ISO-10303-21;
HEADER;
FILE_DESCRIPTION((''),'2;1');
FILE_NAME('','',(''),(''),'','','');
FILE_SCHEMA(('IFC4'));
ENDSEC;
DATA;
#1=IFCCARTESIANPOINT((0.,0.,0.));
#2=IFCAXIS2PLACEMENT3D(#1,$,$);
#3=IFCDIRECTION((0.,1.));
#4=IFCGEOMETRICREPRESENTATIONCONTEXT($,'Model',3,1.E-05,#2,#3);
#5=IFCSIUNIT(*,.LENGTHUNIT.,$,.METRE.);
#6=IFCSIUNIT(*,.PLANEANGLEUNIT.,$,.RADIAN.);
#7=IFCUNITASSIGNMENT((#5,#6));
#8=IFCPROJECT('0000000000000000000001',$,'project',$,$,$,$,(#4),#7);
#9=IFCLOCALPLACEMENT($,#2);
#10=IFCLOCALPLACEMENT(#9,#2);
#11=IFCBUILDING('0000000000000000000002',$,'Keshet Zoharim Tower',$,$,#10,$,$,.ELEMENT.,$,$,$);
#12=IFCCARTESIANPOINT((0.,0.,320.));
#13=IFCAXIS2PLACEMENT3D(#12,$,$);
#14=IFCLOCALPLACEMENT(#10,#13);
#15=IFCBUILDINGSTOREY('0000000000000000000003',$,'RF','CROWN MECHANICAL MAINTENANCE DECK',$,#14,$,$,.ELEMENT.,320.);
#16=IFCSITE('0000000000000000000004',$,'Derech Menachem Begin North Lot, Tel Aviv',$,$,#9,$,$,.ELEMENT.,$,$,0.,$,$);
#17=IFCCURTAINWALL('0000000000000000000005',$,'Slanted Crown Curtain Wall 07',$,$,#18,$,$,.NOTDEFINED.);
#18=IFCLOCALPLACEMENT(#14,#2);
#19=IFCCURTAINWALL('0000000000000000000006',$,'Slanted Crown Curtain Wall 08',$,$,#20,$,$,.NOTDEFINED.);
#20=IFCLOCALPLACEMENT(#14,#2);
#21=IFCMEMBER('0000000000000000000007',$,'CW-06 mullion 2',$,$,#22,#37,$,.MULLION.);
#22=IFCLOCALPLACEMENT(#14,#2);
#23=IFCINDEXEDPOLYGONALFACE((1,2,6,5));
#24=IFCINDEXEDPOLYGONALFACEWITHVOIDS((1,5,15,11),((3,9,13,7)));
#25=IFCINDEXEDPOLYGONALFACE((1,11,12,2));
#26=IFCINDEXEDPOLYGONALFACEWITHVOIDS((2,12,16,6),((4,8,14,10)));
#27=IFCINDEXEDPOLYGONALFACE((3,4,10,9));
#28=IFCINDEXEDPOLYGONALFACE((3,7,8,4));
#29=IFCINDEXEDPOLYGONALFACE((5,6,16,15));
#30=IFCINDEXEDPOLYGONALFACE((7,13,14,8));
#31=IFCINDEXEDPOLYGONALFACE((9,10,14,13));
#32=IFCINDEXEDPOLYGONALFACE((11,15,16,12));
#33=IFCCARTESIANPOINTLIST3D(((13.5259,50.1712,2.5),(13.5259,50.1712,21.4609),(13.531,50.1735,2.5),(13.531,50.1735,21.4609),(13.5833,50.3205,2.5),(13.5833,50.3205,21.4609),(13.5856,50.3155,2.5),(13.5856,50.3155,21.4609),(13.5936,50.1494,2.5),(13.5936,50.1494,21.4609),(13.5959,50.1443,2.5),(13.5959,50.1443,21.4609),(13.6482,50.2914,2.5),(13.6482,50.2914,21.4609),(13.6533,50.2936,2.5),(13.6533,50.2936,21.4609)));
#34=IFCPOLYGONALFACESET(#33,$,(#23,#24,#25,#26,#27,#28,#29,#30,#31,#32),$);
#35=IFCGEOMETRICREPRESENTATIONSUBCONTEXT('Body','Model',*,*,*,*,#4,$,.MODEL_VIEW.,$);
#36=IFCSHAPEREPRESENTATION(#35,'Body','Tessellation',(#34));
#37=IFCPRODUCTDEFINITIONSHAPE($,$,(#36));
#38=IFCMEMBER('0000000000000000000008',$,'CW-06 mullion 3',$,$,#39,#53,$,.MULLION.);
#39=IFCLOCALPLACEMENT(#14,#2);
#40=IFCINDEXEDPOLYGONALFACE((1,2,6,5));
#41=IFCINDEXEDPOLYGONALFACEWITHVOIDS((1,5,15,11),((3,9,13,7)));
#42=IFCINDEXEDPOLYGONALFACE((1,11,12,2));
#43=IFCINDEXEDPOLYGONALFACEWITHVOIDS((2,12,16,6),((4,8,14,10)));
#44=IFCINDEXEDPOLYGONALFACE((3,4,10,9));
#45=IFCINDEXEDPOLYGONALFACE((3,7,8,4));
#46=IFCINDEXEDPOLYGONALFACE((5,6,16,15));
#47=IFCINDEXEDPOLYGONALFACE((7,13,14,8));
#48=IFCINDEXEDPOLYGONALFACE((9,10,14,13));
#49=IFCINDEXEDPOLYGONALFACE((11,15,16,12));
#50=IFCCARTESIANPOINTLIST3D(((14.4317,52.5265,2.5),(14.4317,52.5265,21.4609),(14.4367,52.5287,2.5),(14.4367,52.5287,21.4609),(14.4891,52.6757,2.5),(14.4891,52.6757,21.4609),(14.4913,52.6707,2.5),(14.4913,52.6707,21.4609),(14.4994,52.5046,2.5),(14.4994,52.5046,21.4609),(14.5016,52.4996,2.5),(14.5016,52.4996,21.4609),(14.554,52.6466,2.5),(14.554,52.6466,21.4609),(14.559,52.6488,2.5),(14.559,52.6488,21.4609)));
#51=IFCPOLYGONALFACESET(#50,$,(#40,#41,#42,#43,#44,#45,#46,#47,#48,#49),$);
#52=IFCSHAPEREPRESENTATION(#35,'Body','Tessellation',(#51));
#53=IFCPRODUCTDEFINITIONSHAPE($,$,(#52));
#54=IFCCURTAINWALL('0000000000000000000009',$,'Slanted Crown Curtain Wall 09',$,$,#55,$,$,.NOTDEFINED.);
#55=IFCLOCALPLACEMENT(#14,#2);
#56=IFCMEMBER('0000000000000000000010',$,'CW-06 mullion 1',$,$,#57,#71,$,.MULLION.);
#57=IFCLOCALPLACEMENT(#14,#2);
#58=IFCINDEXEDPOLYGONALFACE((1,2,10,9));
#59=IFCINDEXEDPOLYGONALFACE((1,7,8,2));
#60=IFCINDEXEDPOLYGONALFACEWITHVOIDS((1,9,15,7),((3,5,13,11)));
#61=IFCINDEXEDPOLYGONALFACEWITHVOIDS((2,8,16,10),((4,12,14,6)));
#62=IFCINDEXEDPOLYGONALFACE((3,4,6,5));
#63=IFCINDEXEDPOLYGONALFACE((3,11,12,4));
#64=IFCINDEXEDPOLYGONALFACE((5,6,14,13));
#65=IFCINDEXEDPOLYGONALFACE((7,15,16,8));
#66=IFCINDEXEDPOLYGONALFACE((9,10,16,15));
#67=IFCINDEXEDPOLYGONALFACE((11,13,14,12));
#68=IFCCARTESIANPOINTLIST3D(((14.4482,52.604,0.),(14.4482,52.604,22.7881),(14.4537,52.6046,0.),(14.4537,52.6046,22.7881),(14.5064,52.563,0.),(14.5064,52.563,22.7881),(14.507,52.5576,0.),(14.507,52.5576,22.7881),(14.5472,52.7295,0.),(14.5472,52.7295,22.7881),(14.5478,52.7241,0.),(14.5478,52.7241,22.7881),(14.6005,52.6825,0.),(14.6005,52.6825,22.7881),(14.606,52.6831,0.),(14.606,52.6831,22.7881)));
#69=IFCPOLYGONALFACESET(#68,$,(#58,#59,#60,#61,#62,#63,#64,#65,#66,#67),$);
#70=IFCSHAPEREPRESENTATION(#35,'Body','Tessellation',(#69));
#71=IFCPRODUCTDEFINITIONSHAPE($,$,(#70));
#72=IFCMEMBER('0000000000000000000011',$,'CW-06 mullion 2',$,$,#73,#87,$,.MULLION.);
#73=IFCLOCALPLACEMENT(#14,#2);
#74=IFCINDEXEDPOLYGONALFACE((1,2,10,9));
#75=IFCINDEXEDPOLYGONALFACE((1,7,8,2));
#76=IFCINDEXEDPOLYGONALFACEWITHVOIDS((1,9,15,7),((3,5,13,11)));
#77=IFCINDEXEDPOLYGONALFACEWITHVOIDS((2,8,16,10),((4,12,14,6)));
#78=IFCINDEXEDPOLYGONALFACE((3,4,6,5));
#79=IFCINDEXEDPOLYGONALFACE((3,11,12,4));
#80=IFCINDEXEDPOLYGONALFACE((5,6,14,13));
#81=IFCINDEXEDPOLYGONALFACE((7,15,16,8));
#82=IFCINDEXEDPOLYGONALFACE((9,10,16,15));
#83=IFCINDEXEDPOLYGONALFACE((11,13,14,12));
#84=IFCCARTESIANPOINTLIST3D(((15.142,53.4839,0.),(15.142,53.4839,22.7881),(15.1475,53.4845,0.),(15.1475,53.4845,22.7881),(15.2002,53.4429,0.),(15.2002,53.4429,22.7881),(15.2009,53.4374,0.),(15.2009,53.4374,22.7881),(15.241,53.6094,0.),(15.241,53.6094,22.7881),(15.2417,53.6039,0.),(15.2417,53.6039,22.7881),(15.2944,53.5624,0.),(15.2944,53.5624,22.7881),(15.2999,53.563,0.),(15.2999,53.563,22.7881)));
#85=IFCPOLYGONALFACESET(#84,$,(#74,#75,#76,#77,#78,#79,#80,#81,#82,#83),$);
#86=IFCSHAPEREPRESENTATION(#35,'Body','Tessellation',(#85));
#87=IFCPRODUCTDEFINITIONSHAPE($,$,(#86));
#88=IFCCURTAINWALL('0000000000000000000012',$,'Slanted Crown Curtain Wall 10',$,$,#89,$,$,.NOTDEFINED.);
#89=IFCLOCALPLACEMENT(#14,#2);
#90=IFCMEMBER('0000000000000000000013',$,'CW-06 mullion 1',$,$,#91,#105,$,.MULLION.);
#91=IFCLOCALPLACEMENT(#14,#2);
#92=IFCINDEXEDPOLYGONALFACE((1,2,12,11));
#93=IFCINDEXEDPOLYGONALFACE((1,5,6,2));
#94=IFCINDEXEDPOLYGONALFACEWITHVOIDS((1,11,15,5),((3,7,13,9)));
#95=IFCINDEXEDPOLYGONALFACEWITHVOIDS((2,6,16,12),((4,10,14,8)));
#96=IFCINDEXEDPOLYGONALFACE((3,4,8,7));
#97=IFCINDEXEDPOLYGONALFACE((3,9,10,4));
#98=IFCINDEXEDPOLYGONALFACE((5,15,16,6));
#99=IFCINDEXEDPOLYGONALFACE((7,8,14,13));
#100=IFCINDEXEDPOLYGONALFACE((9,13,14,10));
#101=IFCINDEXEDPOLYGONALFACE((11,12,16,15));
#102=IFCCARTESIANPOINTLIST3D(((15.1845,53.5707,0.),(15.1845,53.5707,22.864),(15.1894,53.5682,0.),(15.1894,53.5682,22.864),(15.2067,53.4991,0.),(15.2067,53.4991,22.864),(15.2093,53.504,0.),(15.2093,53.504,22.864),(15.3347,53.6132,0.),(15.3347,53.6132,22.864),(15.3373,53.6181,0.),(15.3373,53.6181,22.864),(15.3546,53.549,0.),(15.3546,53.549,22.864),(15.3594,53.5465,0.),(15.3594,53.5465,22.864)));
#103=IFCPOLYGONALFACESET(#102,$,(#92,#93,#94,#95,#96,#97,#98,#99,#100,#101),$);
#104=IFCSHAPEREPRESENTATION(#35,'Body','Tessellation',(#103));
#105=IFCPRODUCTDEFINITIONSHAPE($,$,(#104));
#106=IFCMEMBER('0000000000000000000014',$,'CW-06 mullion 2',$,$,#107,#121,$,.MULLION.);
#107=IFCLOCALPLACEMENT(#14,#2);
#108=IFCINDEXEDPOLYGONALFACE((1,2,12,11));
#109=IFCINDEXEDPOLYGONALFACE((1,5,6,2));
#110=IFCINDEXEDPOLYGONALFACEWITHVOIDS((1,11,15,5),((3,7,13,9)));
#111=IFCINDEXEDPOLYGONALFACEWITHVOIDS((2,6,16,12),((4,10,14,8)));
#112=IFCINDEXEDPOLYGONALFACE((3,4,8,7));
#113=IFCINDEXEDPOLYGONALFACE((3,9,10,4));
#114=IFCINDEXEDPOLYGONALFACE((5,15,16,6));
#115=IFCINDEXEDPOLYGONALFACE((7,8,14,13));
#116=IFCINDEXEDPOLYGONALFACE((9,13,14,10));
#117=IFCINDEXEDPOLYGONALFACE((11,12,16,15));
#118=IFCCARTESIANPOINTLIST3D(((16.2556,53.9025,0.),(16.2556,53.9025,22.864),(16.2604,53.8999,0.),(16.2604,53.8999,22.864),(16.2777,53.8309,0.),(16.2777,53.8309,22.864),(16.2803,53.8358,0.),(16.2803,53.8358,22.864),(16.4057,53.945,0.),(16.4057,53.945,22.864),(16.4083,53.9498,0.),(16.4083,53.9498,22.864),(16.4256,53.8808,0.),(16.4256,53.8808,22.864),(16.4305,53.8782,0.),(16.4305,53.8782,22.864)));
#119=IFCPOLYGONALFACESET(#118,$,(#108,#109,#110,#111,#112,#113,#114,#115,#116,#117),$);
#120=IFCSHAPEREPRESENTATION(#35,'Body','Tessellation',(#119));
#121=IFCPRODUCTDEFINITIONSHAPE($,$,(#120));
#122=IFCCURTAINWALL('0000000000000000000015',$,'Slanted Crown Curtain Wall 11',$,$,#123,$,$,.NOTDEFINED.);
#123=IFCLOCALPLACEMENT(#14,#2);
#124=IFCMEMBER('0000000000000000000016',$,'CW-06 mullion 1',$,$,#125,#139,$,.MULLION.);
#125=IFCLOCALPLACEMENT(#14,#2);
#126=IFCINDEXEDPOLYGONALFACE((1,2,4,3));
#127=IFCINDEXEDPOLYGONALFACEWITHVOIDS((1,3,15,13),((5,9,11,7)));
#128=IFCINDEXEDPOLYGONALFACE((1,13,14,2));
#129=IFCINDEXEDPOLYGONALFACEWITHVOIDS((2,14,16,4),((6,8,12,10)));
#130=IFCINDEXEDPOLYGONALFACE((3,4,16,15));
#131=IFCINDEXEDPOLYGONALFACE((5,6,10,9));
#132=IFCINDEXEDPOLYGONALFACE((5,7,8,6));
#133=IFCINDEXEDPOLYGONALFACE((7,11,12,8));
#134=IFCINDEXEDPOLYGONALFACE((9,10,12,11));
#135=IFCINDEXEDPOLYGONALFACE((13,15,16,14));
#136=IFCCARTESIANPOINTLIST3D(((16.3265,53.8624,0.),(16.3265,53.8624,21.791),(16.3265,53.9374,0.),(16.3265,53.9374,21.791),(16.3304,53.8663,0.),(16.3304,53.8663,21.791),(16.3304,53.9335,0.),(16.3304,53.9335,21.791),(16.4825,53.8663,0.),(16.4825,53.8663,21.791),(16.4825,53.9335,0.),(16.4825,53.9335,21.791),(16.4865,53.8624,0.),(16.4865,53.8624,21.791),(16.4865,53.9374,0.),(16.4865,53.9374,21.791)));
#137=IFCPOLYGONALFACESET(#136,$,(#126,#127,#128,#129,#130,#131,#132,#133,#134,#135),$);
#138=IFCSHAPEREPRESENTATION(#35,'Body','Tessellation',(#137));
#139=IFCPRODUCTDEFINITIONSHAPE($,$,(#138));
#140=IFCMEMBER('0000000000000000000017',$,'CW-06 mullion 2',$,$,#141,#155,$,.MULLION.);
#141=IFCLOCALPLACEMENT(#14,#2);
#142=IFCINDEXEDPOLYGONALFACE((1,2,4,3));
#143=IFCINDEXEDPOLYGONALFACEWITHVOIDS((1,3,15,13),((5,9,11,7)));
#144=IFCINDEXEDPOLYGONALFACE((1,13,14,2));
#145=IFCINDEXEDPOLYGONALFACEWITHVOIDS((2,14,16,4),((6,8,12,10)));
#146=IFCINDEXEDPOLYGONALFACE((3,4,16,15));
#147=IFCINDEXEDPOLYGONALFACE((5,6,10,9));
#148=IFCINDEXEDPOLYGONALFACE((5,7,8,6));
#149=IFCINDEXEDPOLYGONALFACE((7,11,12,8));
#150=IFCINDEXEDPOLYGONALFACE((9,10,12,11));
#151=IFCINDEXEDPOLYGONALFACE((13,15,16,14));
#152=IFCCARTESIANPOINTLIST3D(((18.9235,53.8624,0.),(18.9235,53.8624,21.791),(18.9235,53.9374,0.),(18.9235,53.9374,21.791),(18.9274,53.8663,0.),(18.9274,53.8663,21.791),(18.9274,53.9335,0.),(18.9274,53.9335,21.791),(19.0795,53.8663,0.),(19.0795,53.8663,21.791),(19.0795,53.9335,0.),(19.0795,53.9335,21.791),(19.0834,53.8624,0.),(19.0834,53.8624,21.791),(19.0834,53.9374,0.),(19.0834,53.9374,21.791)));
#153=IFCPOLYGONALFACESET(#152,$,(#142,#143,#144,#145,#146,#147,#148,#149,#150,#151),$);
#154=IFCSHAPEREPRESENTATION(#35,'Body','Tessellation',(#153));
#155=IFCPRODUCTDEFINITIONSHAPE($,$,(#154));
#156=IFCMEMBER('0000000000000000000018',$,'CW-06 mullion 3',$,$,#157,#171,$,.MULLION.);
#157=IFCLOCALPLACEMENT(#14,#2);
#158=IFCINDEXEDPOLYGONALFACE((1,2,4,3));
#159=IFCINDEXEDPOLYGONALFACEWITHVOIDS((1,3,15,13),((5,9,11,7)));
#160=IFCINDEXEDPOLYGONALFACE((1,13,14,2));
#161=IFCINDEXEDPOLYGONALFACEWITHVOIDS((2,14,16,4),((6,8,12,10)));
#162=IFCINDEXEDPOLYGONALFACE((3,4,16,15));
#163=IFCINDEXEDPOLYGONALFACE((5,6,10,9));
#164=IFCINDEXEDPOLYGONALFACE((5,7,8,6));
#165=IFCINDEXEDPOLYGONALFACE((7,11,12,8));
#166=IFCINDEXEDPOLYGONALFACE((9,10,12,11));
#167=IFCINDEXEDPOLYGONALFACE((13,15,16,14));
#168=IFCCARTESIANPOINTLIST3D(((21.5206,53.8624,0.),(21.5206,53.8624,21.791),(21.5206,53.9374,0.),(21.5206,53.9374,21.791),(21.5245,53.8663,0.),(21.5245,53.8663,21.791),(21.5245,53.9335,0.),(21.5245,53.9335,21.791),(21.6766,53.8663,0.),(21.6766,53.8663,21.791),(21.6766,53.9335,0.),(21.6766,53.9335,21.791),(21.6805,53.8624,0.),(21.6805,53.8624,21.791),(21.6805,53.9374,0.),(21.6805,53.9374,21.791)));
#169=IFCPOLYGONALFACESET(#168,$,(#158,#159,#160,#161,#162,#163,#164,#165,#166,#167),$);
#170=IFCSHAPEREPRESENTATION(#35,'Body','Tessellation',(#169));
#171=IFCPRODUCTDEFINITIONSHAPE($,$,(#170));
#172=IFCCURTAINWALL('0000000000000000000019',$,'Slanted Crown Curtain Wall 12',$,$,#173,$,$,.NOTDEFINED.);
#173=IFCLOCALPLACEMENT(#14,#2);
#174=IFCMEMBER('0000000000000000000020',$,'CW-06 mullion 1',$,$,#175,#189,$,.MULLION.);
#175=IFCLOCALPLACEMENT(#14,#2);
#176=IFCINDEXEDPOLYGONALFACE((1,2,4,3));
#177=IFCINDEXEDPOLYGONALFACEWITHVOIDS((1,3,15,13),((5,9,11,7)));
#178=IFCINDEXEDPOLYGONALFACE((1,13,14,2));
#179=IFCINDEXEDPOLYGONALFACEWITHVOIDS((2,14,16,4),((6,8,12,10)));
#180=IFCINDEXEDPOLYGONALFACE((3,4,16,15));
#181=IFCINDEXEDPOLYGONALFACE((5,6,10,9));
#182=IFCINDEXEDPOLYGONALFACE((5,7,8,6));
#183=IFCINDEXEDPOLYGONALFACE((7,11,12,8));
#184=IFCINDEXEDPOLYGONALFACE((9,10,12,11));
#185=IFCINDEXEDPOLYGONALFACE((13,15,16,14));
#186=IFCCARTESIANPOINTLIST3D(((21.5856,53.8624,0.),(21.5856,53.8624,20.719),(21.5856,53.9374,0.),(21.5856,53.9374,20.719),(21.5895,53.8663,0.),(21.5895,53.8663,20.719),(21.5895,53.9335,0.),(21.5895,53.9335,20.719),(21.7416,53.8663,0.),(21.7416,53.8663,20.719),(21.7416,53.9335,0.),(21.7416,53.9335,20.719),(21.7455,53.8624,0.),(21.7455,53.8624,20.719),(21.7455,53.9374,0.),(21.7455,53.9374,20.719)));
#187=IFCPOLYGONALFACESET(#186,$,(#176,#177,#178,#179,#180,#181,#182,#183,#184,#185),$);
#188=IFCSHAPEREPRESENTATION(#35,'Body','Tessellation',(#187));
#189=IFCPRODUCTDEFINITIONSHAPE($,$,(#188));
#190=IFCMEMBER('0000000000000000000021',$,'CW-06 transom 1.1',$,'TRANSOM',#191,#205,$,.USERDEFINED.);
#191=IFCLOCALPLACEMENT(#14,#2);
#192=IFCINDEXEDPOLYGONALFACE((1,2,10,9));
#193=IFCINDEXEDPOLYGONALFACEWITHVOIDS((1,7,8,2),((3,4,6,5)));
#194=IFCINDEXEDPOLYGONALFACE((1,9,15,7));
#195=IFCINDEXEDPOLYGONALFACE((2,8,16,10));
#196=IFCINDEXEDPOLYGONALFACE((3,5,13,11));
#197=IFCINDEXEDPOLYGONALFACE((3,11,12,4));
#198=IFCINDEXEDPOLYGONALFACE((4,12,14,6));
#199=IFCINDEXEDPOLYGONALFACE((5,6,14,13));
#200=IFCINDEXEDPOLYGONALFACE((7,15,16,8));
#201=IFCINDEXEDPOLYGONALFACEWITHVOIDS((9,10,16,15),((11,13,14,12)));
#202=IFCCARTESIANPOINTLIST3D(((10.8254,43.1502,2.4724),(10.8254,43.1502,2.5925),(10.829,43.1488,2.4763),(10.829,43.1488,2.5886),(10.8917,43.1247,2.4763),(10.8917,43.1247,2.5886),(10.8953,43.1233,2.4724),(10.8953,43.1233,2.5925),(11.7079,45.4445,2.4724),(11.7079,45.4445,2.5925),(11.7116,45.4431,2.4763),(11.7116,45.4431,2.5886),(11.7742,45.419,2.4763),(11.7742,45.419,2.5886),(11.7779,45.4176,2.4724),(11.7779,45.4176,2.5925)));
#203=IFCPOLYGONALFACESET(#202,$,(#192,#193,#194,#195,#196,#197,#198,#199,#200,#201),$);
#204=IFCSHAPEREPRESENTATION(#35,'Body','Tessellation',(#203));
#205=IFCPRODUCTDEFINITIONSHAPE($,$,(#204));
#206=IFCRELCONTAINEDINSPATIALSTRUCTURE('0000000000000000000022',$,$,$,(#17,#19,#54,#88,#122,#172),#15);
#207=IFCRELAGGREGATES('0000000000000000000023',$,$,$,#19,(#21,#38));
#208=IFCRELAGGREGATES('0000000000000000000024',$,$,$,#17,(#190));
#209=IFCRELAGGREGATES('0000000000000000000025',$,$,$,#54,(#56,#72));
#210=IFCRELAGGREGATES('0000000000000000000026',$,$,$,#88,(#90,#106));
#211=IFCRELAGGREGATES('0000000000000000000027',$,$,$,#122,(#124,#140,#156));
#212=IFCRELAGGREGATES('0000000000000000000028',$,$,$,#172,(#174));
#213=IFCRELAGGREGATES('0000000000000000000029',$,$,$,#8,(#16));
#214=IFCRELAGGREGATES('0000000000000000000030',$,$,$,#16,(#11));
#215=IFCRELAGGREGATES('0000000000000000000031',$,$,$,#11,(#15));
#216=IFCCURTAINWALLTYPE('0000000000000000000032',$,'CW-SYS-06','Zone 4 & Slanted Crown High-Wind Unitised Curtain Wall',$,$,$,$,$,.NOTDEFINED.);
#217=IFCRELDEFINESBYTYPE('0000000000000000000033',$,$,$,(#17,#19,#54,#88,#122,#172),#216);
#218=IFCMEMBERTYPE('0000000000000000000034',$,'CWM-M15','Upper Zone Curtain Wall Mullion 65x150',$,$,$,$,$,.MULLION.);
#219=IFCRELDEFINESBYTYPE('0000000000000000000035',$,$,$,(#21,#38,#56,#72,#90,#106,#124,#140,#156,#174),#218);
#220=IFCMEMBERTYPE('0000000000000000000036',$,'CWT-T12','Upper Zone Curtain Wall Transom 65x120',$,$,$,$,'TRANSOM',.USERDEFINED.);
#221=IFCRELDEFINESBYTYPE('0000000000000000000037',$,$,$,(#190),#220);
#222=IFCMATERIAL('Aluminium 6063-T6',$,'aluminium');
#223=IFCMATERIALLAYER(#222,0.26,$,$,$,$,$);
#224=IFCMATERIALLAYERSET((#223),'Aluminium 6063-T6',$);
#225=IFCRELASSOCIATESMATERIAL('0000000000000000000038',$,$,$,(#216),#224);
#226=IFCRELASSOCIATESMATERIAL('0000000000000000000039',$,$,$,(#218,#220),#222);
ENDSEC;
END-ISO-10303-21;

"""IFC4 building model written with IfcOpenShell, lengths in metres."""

from ifc_helpers import new_model, si_unit, direction, frame, origin, origin_2d, place, context, subcontext, project, spatial, hollow_rectangle, extrude, material, layer, layer_set, material_profile, profile_set, type_object, element, aggregate, save


model = new_model("IFC4")

# Units and contexts
model_context = context("Model", 3, precision=1e-05, world=origin(), true_north=direction((0.0, 1.0)))
body_context = subcontext(model_context, "Body", "Model", "MODEL_VIEW")
ifc_project = project(units=[si_unit("LENGTHUNIT", "METRE"), si_unit("PLANEANGLEUNIT", "RADIAN")], contexts=[model_context])

# Site, building, storey
site_placement = place(None, origin())
site = spatial("IfcSite", under=ifc_project, at=site_placement, Name="Derech Menachem Begin North Lot, Tel Aviv", CompositionType="ELEMENT", RefElevation=0.0)
building_placement = place(site_placement, origin())
building = spatial("IfcBuilding", under=site, at=building_placement, Name="Keshet Zoharim Tower", CompositionType="ELEMENT")
storey_placement = place(building_placement, frame((0.0, 0.0, 320.0)))
storey = spatial("IfcBuildingStorey", under=building, at=storey_placement, Name="RF", Description="CROWN MECHANICAL MAINTENANCE DECK", CompositionType="ELEMENT", Elevation=320.0)

# Shared definitions
ifc_material_1 = material(Name="Aluminium 6063-T6", Category="aluminium")
ifc_layer_1 = layer(ifc_material_1, 0.26)
ifc_layer_set_1 = layer_set([ifc_layer_1], Name="Aluminium 6063-T6")
curtain_wall_type = type_object("IfcCurtainWallType", Name="CW-SYS-06", Description="Zone 4 & Slanted Crown High-Wind Unitised Curtain Wall", PredefinedType="NOTDEFINED", material=ifc_layer_set_1)
ifc_material_profile_1 = material_profile(ifc_material_1, hollow_rectangle(XDim=0.075, YDim=0.1599, WallThickness=0.0039, at=origin_2d()), Name="MUL-75x160")
ifc_profile_set_1 = profile_set([ifc_material_profile_1], Name="Aluminium 6063-T6")
member_type_1 = type_object("IfcMemberType", Name="CWM-M15", Description="Upper Zone Curtain Wall Mullion 65x150", PredefinedType="MULLION", material=ifc_profile_set_1)

# Curtain walls, members
curtain_wall_1_placement = place(storey_placement, origin())
curtain_wall_1 = element("IfcCurtainWall", 1, at=curtain_wall_1_placement, inside=storey, type_object=curtain_wall_type, Name="Slanted Crown Curtain Wall 07", PredefinedType="NOTDEFINED")
curtain_wall_2_placement = place(storey_placement, origin())
curtain_wall_2 = element("IfcCurtainWall", 2, at=curtain_wall_2_placement, inside=storey, type_object=curtain_wall_type, Name="Slanted Crown Curtain Wall 08", PredefinedType="NOTDEFINED")
member_1_placement = place(storey_placement, frame((13.5896, 50.2324, 2.5), z_axis=(0.0, 0.0, 1.0), x_axis=(-0.933346, 0.358979, 0.0)))
member_1 = element("IfcMember", 3, at=member_1_placement, type_object=member_type_1, Name="CW-06 mullion 2", PredefinedType="MULLION", context=body_context, shape_type="SweptSolid", body=[
    extrude(hollow_rectangle(XDim=0.075, YDim=0.1599, WallThickness=0.0039, at=origin_2d()), origin(), (0.0, 0.0, 1.0), 18.9609),
])
member_2_placement = place(storey_placement, frame((14.4954, 52.5876, 2.5), z_axis=(0.0, 0.0, 1.0), x_axis=(-0.933346, 0.358979, 0.0)))
member_2 = element("IfcMember", 4, at=member_2_placement, type_object=member_type_1, Name="CW-06 mullion 3", PredefinedType="MULLION", context=body_context, shape_type="SweptSolid", body=[
    extrude(hollow_rectangle(XDim=0.075, YDim=0.1599, WallThickness=0.0039, at=origin_2d()), origin(), (0.0, 0.0, 1.0), 18.9609),
])
aggregate(curtain_wall_2, [member_1, member_2])
curtain_wall_3_placement = place(storey_placement, origin())
curtain_wall_3 = element("IfcCurtainWall", 5, at=curtain_wall_3_placement, inside=storey, type_object=curtain_wall_type, Name="Slanted Crown Curtain Wall 09", PredefinedType="NOTDEFINED")
member_3_placement = place(storey_placement, frame((14.5271, 52.6436, 0.0), z_axis=(0.0, 0.0, 1.0), x_axis=(-0.785293, 0.619125, 0.0)))
member_3 = element("IfcMember", 6, at=member_3_placement, type_object=member_type_1, Name="CW-06 mullion 1", PredefinedType="MULLION", context=body_context, shape_type="SweptSolid", body=[
    extrude(hollow_rectangle(XDim=0.075, YDim=0.1599, WallThickness=0.0039, at=origin_2d()), origin(), (0.0, 0.0, 1.0), 22.7881),
])
member_4_placement = place(storey_placement, frame((15.2209, 53.5234, 0.0), z_axis=(0.0, 0.0, 1.0), x_axis=(-0.785293, 0.619125, 0.0)))
member_4 = element("IfcMember", 7, at=member_4_placement, type_object=member_type_1, Name="CW-06 mullion 2", PredefinedType="MULLION", context=body_context, shape_type="SweptSolid", body=[
    extrude(hollow_rectangle(XDim=0.075, YDim=0.1599, WallThickness=0.0039, at=origin_2d()), origin(), (0.0, 0.0, 1.0), 22.7881),
])
curtain_wall_4_placement = place(storey_placement, origin())
curtain_wall_4 = element("IfcCurtainWall", 8, at=curtain_wall_4_placement, inside=storey, type_object=curtain_wall_type, Name="Slanted Crown Curtain Wall 10", PredefinedType="NOTDEFINED")
member_5_placement = place(storey_placement, frame((15.272, 53.5586, 0.0), z_axis=(0.0, 0.0, 1.0), x_axis=(-0.295922, 0.955212, 0.0)))
member_5 = element("IfcMember", 9, at=member_5_placement, type_object=member_type_1, Name="CW-06 mullion 1", PredefinedType="MULLION", context=body_context, shape_type="SweptSolid", body=[
    extrude(hollow_rectangle(XDim=0.075, YDim=0.1599, WallThickness=0.0039, at=origin_2d()), origin(), (0.0, 0.0, 1.0), 22.864),
])
member_6_placement = place(storey_placement, frame((16.343, 53.8904, 0.0), z_axis=(0.0, 0.0, 1.0), x_axis=(-0.295922, 0.955212, 0.0)))
member_6 = element("IfcMember", 10, at=member_6_placement, type_object=member_type_1, Name="CW-06 mullion 2", PredefinedType="MULLION", context=body_context, shape_type="SweptSolid", body=[
    extrude(hollow_rectangle(XDim=0.075, YDim=0.1599, WallThickness=0.0039, at=origin_2d()), origin(), (0.0, 0.0, 1.0), 22.864),
])
curtain_wall_5_placement = place(storey_placement, origin())
curtain_wall_5 = element("IfcCurtainWall", 11, at=curtain_wall_5_placement, inside=storey, type_object=curtain_wall_type, Name="Slanted Crown Curtain Wall 11", PredefinedType="NOTDEFINED")
member_7_placement = place(storey_placement, frame((16.4065, 53.8999, 0.0), z_axis=(0.0, 0.0, 1.0), x_axis=(0.0, 1.0, 0.0)))
member_7 = element("IfcMember", 12, at=member_7_placement, type_object=member_type_1, Name="CW-06 mullion 1", PredefinedType="MULLION", context=body_context, shape_type="SweptSolid", body=[
    extrude(hollow_rectangle(XDim=0.075, YDim=0.1599, WallThickness=0.0039, at=origin_2d()), origin(), (0.0, 0.0, 1.0), 21.791),
])
member_8_placement = place(storey_placement, frame((19.0034, 53.8999, 0.0), z_axis=(0.0, 0.0, 1.0), x_axis=(0.0, 1.0, 0.0)))
member_8 = element("IfcMember", 13, at=member_8_placement, type_object=member_type_1, Name="CW-06 mullion 2", PredefinedType="MULLION", context=body_context, shape_type="SweptSolid", body=[
    extrude(hollow_rectangle(XDim=0.075, YDim=0.1599, WallThickness=0.0039, at=origin_2d()), origin(), (0.0, 0.0, 1.0), 21.791),
])
member_9_placement = place(storey_placement, frame((21.6006, 53.8999, 0.0), z_axis=(0.0, 0.0, 1.0), x_axis=(0.0, 1.0, 0.0)))
member_9 = element("IfcMember", 14, at=member_9_placement, type_object=member_type_1, Name="CW-06 mullion 3", PredefinedType="MULLION", context=body_context, shape_type="SweptSolid", body=[
    extrude(hollow_rectangle(XDim=0.075, YDim=0.1599, WallThickness=0.0039, at=origin_2d()), origin(), (0.0, 0.0, 1.0), 21.791),
])

# Curtain wall, member
curtain_wall_6_placement = place(storey_placement, origin())
curtain_wall_6 = element("IfcCurtainWall", 15, at=curtain_wall_6_placement, inside=storey, type_object=curtain_wall_type, Name="Slanted Crown Curtain Wall 12", PredefinedType="NOTDEFINED")
member_10_placement = place(storey_placement, frame((21.6655, 53.8999, 0.0), z_axis=(0.0, 0.0, 1.0), x_axis=(0.0, 1.0, 0.0)))
member_10 = element("IfcMember", 16, at=member_10_placement, type_object=member_type_1, Name="CW-06 mullion 1", PredefinedType="MULLION", context=body_context, shape_type="SweptSolid", body=[
    extrude(hollow_rectangle(XDim=0.075, YDim=0.1599, WallThickness=0.0039, at=origin_2d()), origin(), (0.0, 0.0, 1.0), 20.719),
])

# Member
ifc_material_profile_2 = material_profile(ifc_material_1, hollow_rectangle(XDim=0.075, YDim=0.1201, WallThickness=0.0039, at=origin_2d()), Name="TRN-75x120")
ifc_profile_set_2 = profile_set([ifc_material_profile_2], Name="Aluminium 6063-T6")
member_type_2 = type_object("IfcMemberType", Name="CWT-T12", Description="Upper Zone Curtain Wall Transom 65x120", ElementType="TRANSOM", PredefinedType="USERDEFINED", material=ifc_profile_set_2)
member_11_placement = place(storey_placement, frame((10.8604, 43.1367, 2.5325), z_axis=(0.359012, 0.933333, 0.0), x_axis=(-0.933333, 0.359012, 0.0)))
member_11 = element("IfcMember", 17, at=member_11_placement, type_object=member_type_2, Name="CW-06 transom 1.1", ObjectType="TRANSOM", PredefinedType="USERDEFINED", context=body_context, shape_type="SweptSolid", body=[
    extrude(hollow_rectangle(XDim=0.075, YDim=0.1201, WallThickness=0.0039, at=origin_2d()), origin(), (0.0, 0.0, 1.0), 2.4583),
])
aggregate(curtain_wall_1, [member_11])

aggregate(curtain_wall_3, [member_3, member_4])
aggregate(curtain_wall_4, [member_5, member_6])
aggregate(curtain_wall_5, [member_7, member_8, member_9])
aggregate(curtain_wall_6, [member_10])

save(model, "model.ifc")
